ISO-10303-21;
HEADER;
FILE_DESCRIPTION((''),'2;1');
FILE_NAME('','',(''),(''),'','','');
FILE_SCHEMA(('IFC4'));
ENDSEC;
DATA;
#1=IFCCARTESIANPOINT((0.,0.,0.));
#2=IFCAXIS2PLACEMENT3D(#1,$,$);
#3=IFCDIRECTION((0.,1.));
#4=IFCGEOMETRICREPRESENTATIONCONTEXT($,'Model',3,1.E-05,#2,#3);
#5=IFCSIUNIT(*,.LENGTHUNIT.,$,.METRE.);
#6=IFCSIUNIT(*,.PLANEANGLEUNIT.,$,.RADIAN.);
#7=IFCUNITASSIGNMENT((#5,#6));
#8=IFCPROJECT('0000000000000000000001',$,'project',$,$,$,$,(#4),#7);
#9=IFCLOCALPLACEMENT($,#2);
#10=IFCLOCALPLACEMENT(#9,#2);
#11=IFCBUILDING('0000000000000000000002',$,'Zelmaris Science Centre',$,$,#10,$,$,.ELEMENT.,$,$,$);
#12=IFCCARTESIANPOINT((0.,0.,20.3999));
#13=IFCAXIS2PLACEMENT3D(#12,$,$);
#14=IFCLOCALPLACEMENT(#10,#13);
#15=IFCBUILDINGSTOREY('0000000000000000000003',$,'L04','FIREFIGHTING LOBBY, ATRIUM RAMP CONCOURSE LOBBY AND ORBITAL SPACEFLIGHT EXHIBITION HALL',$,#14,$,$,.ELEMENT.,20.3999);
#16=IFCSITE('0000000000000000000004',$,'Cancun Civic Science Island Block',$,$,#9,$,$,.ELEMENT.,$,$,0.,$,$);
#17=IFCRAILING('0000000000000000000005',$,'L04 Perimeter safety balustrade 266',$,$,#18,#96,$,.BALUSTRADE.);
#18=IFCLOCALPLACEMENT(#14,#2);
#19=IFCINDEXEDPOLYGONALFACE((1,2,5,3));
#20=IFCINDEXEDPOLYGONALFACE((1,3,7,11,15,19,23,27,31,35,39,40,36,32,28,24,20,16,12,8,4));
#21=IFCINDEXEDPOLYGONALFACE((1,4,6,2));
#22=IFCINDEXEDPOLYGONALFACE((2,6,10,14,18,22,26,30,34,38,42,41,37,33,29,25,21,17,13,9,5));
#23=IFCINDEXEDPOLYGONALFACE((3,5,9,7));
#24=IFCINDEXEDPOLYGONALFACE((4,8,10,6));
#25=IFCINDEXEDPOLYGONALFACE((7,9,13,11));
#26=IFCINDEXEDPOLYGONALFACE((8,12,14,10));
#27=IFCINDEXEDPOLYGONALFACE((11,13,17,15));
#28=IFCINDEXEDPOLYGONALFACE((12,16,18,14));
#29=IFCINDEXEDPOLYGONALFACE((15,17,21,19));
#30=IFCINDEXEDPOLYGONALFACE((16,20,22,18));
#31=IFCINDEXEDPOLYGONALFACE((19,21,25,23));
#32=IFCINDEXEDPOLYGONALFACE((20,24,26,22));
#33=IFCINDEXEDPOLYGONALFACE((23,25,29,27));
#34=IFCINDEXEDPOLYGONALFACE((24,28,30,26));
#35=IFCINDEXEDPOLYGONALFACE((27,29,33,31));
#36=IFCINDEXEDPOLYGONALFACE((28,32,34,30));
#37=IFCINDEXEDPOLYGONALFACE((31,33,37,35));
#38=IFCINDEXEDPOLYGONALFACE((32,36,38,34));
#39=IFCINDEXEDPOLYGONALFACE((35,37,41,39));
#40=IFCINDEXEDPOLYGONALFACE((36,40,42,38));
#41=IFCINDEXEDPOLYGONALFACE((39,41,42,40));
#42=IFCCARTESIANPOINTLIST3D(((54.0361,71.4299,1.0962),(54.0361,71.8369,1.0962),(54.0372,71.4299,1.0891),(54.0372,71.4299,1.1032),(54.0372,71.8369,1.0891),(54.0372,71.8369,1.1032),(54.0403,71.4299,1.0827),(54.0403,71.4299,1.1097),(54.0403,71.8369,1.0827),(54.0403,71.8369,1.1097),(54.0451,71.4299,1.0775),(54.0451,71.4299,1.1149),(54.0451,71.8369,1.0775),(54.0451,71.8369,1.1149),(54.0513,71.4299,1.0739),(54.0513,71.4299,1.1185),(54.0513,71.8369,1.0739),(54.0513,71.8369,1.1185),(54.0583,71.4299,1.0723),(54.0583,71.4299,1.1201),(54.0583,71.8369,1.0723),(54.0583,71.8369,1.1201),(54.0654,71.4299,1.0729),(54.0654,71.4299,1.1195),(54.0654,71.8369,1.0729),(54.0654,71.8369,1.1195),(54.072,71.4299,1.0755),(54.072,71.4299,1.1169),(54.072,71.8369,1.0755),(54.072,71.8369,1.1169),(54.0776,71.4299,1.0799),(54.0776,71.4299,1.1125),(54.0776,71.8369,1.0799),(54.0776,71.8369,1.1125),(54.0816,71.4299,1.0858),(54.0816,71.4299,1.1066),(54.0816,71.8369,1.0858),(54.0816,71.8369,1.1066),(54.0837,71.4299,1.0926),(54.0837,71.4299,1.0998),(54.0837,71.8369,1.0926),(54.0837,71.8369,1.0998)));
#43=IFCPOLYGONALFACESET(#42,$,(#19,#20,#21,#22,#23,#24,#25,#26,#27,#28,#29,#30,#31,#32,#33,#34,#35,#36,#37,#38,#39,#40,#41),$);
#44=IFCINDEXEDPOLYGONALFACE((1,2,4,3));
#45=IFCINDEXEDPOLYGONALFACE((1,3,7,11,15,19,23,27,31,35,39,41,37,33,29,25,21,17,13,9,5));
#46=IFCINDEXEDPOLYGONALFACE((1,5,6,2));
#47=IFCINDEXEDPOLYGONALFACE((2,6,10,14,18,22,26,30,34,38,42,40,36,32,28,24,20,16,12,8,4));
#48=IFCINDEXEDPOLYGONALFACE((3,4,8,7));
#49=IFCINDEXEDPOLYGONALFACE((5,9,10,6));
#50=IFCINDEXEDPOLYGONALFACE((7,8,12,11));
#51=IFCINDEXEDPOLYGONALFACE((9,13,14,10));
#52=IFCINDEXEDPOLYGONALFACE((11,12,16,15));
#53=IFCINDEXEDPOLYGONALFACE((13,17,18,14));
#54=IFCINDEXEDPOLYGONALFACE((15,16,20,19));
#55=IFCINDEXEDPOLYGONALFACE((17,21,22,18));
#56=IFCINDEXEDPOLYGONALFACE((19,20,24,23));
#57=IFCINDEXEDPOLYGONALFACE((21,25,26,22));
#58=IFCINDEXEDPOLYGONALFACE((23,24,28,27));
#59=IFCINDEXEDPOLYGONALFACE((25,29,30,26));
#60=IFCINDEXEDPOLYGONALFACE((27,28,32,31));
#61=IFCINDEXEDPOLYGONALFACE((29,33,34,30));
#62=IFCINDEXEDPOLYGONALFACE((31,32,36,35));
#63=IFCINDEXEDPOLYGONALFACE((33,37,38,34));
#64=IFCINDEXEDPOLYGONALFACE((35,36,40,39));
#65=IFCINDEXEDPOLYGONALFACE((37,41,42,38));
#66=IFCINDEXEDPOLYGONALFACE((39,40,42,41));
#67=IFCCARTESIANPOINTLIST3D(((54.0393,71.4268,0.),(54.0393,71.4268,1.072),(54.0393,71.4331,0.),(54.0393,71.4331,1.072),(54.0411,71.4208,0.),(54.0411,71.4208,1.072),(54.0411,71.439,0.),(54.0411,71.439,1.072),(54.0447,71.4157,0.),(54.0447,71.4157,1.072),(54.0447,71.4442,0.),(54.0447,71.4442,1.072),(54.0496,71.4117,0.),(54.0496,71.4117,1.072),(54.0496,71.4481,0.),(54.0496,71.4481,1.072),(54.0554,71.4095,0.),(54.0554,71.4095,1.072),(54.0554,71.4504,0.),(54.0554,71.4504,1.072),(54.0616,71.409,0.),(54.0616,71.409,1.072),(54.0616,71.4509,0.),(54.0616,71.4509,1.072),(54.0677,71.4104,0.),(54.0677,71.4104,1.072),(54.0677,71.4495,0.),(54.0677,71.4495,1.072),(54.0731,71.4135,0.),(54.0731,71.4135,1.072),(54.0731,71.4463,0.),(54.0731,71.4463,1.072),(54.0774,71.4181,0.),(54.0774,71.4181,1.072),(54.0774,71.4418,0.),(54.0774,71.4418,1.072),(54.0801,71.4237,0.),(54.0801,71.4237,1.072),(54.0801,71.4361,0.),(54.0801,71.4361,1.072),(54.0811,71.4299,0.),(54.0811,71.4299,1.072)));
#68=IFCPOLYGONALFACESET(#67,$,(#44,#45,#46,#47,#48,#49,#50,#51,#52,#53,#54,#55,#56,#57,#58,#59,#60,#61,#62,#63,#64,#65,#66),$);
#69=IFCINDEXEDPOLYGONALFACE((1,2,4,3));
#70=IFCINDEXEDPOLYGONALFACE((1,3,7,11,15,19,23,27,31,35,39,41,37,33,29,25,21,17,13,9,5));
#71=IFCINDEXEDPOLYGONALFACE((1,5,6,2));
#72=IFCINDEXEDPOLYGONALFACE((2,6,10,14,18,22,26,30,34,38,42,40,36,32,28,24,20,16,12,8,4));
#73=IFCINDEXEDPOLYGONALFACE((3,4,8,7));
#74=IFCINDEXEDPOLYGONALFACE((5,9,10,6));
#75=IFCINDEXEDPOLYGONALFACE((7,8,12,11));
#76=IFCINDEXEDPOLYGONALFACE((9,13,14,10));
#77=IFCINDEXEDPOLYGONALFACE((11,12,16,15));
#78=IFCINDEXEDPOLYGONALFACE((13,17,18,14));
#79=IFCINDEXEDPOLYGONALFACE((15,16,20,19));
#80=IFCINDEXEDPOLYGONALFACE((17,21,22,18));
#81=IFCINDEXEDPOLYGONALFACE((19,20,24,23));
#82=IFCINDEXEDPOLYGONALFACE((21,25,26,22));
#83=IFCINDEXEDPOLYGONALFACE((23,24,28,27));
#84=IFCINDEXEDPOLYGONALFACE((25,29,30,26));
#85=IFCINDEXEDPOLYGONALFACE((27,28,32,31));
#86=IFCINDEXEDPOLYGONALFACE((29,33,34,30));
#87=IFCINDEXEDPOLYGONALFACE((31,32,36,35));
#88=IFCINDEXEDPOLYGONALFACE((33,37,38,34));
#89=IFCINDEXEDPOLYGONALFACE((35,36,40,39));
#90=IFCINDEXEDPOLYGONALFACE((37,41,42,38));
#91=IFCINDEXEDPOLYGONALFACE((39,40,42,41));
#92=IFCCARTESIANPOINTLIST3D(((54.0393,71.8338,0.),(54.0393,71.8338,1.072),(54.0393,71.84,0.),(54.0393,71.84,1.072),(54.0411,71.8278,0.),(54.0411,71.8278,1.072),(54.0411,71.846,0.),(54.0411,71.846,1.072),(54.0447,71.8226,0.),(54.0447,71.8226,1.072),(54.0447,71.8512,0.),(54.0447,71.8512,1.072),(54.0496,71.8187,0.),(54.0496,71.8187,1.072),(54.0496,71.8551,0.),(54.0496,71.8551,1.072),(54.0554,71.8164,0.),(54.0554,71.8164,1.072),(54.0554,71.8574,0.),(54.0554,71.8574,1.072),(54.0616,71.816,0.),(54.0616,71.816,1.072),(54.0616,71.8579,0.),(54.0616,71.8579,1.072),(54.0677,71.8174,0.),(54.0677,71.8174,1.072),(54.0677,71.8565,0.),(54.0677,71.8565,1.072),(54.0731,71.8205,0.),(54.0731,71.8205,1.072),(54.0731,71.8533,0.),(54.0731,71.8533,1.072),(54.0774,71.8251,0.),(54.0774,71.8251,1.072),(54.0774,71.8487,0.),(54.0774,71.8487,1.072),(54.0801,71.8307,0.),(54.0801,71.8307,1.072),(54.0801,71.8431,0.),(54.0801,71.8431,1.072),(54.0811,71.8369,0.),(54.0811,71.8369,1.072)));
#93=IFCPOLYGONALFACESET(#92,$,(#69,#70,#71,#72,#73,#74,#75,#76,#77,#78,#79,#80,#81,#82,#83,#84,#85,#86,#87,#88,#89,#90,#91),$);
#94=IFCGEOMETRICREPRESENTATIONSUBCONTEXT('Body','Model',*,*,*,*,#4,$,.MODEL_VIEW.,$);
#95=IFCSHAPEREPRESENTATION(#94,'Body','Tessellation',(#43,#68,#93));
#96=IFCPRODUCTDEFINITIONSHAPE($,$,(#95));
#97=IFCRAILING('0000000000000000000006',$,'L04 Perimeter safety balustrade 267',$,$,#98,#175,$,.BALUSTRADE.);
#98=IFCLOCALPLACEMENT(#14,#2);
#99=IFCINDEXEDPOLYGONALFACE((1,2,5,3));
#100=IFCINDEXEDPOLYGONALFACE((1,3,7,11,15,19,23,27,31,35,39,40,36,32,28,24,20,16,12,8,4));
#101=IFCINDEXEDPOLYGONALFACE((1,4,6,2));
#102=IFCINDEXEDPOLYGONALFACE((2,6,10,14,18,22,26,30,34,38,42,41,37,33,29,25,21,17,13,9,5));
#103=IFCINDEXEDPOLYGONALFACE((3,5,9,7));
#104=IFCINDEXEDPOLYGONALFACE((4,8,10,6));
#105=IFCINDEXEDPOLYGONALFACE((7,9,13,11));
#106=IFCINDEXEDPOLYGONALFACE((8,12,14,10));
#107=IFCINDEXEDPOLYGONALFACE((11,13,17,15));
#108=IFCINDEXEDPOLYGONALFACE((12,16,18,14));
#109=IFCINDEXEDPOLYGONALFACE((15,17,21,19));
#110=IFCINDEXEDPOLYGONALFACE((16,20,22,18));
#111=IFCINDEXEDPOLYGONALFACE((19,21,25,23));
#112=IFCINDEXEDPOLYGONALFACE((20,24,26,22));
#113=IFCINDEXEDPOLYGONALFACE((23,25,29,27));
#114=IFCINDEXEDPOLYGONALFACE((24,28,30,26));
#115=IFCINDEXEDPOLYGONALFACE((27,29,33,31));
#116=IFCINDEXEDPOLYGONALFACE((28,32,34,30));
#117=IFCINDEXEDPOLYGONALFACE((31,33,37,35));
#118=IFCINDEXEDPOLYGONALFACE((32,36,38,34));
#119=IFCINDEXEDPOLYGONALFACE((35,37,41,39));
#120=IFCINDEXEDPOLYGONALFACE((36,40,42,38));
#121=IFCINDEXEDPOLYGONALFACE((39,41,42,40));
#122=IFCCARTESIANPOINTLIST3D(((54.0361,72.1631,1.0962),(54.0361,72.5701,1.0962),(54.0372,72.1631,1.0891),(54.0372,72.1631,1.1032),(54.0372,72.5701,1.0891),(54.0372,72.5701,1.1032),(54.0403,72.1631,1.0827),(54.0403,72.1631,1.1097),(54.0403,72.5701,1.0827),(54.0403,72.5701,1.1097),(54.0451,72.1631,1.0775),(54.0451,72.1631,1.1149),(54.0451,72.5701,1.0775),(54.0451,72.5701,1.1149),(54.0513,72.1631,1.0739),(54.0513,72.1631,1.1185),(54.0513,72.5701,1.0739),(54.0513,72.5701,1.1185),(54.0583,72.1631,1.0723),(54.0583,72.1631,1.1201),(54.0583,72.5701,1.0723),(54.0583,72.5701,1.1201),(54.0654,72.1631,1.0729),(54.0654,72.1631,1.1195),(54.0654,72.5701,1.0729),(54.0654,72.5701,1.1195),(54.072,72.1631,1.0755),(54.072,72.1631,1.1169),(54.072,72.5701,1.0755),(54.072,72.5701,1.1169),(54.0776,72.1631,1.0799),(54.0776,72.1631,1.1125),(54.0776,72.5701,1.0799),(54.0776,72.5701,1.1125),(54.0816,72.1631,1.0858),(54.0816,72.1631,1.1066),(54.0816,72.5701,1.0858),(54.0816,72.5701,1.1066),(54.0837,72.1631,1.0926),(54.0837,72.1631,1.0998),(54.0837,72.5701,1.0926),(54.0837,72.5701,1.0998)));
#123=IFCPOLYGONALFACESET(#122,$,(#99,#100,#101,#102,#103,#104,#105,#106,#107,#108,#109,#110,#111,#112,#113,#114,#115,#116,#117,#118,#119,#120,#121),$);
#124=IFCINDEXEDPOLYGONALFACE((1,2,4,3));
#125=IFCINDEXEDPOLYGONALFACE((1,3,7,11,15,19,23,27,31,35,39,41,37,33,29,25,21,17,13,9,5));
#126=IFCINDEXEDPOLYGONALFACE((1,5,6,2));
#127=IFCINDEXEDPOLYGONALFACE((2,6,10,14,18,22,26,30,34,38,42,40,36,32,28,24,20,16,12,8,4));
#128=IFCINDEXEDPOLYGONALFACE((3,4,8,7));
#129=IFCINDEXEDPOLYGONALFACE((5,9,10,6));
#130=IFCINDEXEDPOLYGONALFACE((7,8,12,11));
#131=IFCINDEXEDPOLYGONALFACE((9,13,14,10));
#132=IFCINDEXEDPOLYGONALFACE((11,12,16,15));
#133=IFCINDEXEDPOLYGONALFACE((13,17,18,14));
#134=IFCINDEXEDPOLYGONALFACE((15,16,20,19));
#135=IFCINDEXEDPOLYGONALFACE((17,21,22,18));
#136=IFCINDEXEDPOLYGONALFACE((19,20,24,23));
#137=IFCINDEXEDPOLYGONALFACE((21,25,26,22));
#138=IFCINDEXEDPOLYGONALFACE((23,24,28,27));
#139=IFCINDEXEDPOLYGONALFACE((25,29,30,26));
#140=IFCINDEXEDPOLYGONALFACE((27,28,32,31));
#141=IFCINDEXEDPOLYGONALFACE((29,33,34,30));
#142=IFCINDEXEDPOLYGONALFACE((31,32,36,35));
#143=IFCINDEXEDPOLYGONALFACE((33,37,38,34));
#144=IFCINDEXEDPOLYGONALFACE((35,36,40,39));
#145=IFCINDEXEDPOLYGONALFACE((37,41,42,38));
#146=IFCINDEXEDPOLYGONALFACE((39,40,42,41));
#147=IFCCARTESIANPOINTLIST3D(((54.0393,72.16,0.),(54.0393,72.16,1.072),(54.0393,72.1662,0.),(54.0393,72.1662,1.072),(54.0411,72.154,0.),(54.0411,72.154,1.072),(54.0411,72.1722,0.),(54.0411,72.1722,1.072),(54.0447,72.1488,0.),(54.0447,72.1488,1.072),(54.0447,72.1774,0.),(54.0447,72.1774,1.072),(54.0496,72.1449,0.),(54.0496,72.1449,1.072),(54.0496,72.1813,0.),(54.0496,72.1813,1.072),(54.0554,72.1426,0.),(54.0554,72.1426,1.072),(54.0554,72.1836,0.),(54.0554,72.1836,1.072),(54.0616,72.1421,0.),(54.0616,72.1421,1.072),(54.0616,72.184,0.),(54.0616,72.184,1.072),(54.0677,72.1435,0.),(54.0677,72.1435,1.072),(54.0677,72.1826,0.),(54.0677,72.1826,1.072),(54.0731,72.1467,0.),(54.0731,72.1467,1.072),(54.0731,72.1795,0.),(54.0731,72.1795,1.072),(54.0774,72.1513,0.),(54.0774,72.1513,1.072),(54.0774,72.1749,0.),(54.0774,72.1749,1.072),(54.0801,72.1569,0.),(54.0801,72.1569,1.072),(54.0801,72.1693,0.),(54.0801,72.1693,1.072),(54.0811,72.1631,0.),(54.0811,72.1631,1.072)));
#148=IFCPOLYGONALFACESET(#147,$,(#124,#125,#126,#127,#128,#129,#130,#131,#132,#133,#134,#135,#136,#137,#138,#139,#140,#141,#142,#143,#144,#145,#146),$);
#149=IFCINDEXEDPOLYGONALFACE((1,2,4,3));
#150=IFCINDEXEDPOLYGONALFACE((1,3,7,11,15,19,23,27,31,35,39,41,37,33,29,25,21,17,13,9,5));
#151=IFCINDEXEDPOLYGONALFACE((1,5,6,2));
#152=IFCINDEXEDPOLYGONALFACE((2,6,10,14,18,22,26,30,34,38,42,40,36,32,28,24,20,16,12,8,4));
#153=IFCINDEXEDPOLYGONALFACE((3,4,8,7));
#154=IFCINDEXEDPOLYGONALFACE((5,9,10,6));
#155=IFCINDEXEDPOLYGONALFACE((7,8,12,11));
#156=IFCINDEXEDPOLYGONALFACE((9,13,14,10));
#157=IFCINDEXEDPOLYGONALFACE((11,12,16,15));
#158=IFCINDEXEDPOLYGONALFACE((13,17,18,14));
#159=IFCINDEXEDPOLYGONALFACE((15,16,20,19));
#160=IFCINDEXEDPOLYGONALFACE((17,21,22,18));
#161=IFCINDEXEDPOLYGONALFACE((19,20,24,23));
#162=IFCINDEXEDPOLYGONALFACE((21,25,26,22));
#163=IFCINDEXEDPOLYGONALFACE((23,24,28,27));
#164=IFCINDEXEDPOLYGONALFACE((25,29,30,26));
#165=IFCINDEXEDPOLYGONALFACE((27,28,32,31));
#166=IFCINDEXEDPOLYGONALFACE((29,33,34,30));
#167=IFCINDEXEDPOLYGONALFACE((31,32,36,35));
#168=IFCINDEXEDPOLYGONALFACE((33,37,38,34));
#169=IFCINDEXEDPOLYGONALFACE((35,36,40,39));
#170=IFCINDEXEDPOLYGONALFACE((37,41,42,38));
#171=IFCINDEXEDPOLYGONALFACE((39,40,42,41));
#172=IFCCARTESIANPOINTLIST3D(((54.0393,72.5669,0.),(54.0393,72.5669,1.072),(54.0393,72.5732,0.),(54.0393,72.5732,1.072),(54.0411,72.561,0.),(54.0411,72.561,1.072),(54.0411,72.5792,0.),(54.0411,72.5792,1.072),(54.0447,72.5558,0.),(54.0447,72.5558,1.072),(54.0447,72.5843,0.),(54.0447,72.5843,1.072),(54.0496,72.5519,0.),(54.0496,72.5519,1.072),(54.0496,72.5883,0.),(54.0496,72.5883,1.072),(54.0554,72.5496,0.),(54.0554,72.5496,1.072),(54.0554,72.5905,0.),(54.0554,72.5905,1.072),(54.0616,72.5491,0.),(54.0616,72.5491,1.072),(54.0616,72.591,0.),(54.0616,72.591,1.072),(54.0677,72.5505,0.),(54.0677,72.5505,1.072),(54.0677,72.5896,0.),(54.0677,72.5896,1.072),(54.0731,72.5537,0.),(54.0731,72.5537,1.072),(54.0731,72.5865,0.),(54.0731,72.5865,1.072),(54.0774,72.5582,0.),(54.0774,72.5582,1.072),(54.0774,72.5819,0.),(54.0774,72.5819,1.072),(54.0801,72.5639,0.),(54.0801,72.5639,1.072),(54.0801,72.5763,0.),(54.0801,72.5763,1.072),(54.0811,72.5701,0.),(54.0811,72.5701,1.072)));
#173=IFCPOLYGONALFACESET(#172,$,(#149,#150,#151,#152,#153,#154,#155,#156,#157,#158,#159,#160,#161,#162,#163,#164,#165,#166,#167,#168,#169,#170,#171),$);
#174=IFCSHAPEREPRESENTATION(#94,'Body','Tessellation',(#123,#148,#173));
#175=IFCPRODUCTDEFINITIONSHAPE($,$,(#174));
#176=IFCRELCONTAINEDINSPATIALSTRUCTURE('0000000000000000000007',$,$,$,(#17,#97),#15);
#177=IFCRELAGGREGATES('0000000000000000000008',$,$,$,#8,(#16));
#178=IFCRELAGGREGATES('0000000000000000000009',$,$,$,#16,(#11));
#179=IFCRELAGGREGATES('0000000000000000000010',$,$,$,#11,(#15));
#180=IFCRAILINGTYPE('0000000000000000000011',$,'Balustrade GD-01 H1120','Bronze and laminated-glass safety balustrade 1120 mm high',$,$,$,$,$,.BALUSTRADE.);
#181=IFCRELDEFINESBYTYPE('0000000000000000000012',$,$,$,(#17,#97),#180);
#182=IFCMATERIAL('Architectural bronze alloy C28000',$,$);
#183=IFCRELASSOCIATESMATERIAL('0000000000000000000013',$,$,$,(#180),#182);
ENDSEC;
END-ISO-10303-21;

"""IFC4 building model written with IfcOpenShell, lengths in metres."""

from ifc_helpers import new_model, si_unit, direction, frame, origin, origin_2d, place, context, subcontext, project, spatial, circle, extrude, material, type_object, element, save


model = new_model("IFC4")

# Units and contexts
model_context = context("Model", 3, precision=1e-05, world=origin(), true_north=direction((0.0, 1.0)))
body_context = subcontext(model_context, "Body", "Model", "MODEL_VIEW")
ifc_project = project(units=[si_unit("LENGTHUNIT", "METRE"), si_unit("PLANEANGLEUNIT", "RADIAN")], contexts=[model_context])

# Site, building, storey
site_placement = place(None, origin())
site = spatial("IfcSite", under=ifc_project, at=site_placement, Name="Cancun Civic Science Island Block", CompositionType="ELEMENT", RefElevation=0.0)
building_placement = place(site_placement, origin())
building = spatial("IfcBuilding", under=site, at=building_placement, Name="Zelmaris Science Centre", CompositionType="ELEMENT")
storey_placement = place(building_placement, frame((0.0, 0.0, 20.3999)))
storey = spatial("IfcBuildingStorey", under=building, at=storey_placement, Name="L04", Description="FIREFIGHTING LOBBY, ATRIUM RAMP CONCOURSE LOBBY AND ORBITAL SPACEFLIGHT EXHIBITION HALL", CompositionType="ELEMENT", Elevation=20.3999)

# Railings
ifc_material_1 = material(Name="Architectural bronze alloy C28000")
railing_type = type_object("IfcRailingType", Name="Balustrade GD-01 H1120", Description="Bronze and laminated-glass safety balustrade 1120 mm high", PredefinedType="BALUSTRADE", material=ifc_material_1)
for number, where, name in (
    (1, (54.0601, 71.4299, 0.0), "L04 Perimeter safety balustrade 266"),
    (2, (54.0601, 72.1631, 0.0), "L04 Perimeter safety balustrade 267"),
):
    element("IfcRailing", number, at=place(storey_placement, frame(where)), inside=storey, type_object=railing_type, Name=name, PredefinedType="BALUSTRADE", context=body_context, shape_type="SweptSolid", body=[
        extrude(circle(Radius=0.0239, at=origin_2d()), frame((0.0, 0.0, 1.0962), z_axis=(0.0, 1.0, 0.0), x_axis=(-1.0, 0.0, 0.0)), (0.0, 0.0, 1.0), 0.407),
        extrude(circle(Radius=0.021, at=origin_2d()), origin(), (0.0, 0.0, 1.0), 1.072),
        extrude(circle(Radius=0.021, at=origin_2d()), frame((0.0, 0.407, 0.0)), (0.0, 0.0, 1.0), 1.072),
    ])

save(model, "model.ifc")
